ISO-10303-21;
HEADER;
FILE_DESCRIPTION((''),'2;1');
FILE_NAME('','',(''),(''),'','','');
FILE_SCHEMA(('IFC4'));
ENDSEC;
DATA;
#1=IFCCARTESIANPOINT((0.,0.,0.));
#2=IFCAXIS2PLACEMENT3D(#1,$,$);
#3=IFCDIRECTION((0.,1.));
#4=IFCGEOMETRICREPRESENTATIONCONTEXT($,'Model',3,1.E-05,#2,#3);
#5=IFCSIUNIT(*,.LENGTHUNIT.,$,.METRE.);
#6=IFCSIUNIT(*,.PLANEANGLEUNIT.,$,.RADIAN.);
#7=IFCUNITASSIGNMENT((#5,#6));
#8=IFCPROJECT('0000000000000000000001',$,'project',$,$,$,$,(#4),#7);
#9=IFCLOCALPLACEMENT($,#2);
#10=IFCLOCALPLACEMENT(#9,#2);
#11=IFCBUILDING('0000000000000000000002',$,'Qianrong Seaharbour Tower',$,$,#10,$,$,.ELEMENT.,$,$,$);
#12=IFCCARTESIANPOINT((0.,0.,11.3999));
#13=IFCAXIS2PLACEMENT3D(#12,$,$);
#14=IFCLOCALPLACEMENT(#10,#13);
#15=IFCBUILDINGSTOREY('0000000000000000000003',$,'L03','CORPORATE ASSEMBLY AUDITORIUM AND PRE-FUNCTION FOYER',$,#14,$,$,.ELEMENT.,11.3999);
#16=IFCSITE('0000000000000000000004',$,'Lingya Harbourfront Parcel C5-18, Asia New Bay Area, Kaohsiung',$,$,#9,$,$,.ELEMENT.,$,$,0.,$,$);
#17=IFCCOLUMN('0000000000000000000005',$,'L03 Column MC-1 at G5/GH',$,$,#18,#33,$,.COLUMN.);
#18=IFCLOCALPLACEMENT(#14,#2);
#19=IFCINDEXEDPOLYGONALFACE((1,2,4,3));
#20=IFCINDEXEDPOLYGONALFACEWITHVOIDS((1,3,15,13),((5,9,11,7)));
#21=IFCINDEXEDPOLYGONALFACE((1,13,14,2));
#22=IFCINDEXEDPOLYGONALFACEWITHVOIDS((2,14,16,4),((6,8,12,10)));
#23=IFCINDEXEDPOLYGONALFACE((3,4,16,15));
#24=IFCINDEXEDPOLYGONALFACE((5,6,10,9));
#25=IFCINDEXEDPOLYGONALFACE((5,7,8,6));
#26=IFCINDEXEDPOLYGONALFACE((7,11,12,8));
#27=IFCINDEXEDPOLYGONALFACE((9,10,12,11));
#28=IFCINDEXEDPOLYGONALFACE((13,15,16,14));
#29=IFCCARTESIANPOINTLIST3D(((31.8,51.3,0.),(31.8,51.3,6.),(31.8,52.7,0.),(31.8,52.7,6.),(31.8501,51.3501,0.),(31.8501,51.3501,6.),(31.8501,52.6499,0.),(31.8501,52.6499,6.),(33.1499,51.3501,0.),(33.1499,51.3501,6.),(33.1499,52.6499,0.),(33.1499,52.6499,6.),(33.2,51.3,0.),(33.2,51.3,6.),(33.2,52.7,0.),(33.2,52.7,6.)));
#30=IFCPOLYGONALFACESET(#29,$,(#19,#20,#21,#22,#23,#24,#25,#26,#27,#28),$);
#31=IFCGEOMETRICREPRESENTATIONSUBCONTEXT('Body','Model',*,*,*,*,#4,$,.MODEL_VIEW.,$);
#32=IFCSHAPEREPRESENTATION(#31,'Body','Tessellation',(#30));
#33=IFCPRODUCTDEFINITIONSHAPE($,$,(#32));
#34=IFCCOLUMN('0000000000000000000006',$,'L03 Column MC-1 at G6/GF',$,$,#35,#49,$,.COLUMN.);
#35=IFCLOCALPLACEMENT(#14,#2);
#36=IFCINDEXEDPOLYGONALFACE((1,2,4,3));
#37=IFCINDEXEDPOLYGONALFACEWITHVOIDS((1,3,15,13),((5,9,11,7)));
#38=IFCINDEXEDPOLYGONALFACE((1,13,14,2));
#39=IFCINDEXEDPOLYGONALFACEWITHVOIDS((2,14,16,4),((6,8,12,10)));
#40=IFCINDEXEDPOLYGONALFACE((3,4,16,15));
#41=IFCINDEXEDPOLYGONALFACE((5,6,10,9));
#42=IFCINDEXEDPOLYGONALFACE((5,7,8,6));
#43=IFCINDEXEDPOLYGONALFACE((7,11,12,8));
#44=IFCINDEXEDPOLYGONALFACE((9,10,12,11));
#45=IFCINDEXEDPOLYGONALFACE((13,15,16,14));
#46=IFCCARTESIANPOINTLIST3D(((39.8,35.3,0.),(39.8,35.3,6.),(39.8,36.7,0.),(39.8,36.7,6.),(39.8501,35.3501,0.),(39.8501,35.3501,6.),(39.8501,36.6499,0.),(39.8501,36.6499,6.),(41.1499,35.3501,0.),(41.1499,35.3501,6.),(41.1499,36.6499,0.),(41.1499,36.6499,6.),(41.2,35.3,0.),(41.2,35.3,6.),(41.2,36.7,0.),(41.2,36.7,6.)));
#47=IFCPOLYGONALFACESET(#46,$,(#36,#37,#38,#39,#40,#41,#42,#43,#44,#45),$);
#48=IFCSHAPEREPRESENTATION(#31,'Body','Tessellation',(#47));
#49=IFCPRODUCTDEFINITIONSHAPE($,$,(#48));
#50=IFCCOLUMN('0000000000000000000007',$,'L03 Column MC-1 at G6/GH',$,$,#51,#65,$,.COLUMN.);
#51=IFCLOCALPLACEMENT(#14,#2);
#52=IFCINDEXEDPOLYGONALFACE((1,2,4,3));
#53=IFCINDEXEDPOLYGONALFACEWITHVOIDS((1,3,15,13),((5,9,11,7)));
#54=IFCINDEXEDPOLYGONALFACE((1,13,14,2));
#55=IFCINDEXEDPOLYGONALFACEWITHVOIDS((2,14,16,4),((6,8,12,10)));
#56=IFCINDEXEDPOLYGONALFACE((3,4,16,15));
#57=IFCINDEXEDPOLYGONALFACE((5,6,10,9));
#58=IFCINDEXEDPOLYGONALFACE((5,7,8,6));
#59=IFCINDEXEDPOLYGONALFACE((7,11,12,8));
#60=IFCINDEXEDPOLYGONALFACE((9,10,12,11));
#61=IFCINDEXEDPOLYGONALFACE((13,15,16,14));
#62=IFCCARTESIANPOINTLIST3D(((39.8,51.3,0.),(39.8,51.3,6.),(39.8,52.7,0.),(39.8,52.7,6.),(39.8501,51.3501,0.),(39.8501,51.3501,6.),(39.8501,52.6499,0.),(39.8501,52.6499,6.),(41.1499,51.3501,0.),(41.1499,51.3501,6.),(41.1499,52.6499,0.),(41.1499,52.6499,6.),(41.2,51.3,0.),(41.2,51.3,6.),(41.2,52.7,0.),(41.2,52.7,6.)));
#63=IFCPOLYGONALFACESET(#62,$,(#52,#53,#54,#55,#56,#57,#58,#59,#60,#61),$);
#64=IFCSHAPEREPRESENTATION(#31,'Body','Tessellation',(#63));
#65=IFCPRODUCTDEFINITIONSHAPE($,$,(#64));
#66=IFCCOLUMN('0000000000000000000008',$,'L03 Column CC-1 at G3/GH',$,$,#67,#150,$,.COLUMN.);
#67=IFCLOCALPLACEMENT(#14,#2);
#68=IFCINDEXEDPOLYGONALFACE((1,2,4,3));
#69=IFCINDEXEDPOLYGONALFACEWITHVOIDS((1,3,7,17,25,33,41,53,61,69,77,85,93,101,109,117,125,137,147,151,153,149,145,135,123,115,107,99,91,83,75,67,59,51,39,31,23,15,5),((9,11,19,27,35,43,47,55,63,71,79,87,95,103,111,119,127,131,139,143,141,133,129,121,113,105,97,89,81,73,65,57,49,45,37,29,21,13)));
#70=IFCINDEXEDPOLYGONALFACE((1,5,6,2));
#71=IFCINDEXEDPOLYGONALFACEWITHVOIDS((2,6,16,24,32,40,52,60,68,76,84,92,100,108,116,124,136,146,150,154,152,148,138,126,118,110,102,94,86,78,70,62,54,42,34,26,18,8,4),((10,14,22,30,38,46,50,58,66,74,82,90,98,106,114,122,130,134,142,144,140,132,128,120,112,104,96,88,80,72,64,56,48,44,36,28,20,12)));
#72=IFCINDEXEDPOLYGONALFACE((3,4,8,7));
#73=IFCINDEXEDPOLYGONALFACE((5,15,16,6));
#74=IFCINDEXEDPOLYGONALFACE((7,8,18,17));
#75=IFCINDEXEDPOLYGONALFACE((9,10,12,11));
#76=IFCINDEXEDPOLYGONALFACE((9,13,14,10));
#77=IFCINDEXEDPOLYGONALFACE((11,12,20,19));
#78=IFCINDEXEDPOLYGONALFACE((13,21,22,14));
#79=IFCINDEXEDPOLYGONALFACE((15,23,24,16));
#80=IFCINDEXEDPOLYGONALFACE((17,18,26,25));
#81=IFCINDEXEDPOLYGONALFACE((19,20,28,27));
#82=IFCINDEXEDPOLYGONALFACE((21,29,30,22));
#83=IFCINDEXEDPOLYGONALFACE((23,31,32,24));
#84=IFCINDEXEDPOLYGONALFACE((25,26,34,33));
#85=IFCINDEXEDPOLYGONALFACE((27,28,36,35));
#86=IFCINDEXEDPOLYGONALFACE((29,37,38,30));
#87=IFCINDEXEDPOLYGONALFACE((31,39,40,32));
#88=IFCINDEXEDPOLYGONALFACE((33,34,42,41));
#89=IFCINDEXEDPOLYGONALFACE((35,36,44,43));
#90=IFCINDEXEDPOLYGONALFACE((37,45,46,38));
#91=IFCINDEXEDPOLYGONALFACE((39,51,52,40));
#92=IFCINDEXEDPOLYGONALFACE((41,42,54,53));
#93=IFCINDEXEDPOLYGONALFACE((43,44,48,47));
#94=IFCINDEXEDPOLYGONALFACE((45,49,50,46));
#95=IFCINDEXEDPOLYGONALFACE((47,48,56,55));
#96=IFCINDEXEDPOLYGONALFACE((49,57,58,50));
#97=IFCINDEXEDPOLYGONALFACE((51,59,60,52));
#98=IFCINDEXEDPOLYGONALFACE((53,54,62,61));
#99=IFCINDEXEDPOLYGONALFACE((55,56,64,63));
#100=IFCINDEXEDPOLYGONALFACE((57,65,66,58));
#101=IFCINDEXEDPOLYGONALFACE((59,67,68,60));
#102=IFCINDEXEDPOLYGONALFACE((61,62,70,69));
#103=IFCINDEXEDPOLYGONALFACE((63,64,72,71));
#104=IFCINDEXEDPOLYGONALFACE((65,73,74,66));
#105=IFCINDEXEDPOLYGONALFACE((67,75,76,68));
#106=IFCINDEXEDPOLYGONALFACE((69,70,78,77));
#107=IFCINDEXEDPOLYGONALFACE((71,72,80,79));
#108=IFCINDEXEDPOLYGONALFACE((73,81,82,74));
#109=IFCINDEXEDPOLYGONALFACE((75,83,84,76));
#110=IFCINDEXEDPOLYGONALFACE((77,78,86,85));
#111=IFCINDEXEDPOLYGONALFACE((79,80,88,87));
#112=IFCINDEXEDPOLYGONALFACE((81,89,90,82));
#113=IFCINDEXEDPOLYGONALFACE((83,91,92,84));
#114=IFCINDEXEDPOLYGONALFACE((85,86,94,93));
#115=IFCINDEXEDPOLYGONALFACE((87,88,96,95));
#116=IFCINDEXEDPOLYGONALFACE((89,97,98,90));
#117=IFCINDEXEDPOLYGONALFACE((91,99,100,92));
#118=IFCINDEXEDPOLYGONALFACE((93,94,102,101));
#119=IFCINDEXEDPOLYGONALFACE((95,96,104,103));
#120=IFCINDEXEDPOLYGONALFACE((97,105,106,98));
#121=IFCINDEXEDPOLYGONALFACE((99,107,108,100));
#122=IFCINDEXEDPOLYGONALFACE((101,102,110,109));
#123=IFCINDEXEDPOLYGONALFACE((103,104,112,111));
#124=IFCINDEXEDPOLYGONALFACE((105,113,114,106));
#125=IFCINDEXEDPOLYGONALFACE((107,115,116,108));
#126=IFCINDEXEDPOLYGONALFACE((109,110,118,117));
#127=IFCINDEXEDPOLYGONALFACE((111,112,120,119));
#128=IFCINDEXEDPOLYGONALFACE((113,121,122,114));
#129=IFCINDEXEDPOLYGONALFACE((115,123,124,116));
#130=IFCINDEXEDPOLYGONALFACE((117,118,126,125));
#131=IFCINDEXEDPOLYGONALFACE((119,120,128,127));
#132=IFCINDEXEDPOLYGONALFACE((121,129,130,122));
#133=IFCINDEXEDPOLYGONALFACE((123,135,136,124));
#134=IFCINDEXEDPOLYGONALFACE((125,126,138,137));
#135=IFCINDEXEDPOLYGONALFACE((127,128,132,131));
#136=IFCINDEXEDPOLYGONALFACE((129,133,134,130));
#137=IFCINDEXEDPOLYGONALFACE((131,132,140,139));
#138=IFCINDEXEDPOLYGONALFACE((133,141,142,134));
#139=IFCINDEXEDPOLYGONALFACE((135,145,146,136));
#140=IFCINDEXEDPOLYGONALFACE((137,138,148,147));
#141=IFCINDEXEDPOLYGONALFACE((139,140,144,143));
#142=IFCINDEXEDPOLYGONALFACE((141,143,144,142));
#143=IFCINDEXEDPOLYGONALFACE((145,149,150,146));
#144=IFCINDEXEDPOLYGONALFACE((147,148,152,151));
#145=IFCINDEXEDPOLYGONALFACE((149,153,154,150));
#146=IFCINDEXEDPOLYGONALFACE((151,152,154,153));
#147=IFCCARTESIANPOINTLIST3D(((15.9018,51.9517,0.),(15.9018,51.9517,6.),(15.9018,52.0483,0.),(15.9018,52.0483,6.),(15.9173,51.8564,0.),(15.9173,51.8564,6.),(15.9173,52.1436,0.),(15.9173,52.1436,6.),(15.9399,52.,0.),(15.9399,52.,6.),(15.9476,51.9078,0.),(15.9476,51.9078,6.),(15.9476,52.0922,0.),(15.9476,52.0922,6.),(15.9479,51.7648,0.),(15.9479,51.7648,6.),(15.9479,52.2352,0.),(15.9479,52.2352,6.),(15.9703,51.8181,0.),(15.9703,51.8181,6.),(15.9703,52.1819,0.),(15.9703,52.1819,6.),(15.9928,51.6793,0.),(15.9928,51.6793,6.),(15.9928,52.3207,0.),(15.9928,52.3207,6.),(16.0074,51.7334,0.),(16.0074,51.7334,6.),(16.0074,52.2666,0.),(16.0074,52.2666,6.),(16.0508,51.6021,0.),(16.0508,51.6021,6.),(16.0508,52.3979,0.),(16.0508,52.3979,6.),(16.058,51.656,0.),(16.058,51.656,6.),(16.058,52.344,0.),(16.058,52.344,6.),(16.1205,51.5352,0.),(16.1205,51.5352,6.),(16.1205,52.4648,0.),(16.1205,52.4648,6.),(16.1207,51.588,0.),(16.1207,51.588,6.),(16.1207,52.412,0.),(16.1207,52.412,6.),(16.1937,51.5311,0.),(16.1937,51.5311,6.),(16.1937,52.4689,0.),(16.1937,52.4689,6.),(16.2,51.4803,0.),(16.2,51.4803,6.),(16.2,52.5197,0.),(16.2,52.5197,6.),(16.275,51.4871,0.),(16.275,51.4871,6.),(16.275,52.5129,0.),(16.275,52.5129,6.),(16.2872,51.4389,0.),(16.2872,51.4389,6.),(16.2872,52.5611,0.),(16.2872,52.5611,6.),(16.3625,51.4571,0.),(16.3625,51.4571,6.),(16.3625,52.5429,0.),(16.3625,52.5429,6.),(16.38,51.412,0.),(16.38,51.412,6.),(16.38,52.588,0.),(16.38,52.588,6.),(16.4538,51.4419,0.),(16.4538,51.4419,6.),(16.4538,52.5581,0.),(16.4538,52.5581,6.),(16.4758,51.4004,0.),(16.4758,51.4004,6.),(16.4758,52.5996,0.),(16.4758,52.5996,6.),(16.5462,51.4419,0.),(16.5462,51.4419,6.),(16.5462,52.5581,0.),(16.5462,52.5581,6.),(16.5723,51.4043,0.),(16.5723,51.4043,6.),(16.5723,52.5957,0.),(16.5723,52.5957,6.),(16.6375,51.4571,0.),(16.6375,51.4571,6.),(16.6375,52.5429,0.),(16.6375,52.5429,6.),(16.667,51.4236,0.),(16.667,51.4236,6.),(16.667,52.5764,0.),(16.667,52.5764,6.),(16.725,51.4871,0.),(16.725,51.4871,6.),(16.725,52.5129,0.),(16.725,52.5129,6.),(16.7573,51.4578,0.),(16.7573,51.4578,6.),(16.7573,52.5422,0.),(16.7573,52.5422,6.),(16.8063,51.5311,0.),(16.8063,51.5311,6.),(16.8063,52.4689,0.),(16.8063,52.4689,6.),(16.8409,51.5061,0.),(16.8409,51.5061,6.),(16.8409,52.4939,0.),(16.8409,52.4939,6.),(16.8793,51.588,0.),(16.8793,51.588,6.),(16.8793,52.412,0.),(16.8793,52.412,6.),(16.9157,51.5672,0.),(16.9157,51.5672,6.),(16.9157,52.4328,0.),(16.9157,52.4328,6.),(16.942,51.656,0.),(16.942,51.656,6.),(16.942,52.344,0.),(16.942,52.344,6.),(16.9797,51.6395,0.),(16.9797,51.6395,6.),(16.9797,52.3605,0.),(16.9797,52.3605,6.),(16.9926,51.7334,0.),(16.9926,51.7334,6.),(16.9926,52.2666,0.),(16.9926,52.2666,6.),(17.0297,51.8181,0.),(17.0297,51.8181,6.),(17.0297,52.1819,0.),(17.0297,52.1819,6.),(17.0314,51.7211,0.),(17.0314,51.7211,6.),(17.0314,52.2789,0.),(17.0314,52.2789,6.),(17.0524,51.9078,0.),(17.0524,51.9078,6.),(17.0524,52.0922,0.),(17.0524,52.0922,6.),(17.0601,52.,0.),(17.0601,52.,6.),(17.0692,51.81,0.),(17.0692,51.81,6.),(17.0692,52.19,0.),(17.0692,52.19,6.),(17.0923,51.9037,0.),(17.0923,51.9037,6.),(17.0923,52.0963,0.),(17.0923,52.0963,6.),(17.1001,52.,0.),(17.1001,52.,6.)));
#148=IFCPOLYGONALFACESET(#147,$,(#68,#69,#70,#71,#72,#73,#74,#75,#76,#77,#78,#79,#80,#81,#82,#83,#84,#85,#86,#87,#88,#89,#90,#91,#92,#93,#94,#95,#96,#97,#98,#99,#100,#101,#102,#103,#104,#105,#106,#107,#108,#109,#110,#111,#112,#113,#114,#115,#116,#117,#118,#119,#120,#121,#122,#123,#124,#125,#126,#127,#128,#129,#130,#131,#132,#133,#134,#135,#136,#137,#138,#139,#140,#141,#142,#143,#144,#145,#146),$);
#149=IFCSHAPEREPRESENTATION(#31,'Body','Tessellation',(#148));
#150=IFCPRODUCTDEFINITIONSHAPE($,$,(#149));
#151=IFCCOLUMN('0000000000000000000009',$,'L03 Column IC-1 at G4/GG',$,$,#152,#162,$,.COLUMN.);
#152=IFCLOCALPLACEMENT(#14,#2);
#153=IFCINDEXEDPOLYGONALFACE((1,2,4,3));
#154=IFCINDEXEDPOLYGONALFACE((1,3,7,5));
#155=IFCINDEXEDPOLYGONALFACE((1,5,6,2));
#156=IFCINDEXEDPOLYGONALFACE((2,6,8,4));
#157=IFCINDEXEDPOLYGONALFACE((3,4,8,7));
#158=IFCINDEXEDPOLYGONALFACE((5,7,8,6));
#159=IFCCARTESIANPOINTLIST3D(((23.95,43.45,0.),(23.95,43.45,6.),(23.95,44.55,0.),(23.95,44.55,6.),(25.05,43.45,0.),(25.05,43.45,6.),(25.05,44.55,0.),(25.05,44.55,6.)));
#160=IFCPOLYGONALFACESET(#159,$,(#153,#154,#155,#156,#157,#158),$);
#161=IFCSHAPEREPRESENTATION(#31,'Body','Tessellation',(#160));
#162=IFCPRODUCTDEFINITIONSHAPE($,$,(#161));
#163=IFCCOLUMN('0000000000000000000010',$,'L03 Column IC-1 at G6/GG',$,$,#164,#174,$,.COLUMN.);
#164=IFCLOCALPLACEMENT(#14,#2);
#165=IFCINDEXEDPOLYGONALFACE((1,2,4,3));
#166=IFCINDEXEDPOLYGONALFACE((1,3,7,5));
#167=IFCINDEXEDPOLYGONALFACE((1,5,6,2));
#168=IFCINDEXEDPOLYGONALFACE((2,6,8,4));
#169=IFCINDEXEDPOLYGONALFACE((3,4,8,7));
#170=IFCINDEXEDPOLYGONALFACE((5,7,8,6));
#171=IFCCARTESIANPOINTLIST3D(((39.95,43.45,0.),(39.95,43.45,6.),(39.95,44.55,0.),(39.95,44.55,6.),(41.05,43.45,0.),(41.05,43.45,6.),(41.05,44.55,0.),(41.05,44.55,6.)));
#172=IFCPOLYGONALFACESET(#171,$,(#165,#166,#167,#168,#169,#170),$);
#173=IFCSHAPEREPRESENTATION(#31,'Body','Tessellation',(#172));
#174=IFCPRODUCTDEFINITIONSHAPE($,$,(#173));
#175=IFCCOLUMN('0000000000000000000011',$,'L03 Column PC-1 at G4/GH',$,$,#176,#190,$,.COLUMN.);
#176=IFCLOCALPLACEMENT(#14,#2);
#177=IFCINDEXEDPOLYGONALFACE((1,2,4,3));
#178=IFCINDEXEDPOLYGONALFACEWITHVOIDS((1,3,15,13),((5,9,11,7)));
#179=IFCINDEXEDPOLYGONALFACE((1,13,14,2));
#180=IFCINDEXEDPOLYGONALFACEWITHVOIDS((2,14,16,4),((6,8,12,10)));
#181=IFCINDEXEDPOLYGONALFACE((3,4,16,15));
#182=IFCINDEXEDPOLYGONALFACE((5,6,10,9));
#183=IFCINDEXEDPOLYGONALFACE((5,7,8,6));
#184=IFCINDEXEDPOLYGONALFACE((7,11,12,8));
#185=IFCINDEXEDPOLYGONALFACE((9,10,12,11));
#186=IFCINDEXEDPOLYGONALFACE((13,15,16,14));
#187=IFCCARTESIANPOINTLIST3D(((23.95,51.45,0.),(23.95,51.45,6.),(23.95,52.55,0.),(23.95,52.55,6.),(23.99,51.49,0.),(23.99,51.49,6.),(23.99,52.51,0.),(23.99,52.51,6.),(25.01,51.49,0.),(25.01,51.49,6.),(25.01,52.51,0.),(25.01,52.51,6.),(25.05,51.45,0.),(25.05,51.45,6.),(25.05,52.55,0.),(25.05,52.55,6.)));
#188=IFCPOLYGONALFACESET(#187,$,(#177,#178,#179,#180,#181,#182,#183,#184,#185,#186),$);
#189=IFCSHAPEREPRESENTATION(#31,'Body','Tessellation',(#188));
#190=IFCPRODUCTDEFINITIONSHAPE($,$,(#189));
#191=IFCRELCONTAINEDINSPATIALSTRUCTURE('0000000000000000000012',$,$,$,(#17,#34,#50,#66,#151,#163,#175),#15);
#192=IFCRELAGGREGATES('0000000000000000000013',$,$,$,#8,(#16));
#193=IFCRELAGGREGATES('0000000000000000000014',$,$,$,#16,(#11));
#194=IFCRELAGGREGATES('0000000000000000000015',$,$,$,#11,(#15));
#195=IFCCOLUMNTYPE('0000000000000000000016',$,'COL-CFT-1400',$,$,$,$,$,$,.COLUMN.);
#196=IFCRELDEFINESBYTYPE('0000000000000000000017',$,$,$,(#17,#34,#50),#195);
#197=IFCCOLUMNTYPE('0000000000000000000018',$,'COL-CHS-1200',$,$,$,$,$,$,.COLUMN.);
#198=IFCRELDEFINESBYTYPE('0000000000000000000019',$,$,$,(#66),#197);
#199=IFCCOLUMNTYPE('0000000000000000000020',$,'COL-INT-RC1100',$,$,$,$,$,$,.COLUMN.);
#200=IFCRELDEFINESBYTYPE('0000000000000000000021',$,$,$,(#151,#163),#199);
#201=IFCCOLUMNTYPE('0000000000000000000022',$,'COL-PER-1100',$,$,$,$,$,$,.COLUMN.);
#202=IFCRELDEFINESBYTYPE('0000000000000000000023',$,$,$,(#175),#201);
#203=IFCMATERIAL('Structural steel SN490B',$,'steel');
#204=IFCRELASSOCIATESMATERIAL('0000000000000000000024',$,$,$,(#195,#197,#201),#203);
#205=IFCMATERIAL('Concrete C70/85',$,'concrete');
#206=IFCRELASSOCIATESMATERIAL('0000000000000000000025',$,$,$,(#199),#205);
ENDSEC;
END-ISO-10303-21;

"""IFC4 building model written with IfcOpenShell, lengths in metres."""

from ifc_helpers import new_model, si_unit, direction, frame, origin, origin_2d, place, context, subcontext, project, spatial, rectangle, hollow_rectangle, hollow_circle, extrude, material, material_profile, profile_set, type_object, element, save


model = new_model("IFC4")

# Units and contexts
model_context = context("Model", 3, precision=1e-05, world=origin(), true_north=direction((0.0, 1.0)))
body_context = subcontext(model_context, "Body", "Model", "MODEL_VIEW")
ifc_project = project(units=[si_unit("LENGTHUNIT", "METRE"), si_unit("PLANEANGLEUNIT", "RADIAN")], contexts=[model_context])

# Site, building, storey
site_placement = place(None, origin())
site = spatial("IfcSite", under=ifc_project, at=site_placement, Name="Lingya Harbourfront Parcel C5-18, Asia New Bay Area, Kaohsiung", CompositionType="ELEMENT", RefElevation=0.0)
building_placement = place(site_placement, origin())
building = spatial("IfcBuilding", under=site, at=building_placement, Name="Qianrong Seaharbour Tower", CompositionType="ELEMENT")
storey_placement = place(building_placement, frame((0.0, 0.0, 11.3999)))
storey = spatial("IfcBuildingStorey", under=building, at=storey_placement, Name="L03", Description="CORPORATE ASSEMBLY AUDITORIUM AND PRE-FUNCTION FOYER", CompositionType="ELEMENT", Elevation=11.3999)

# Columns
ifc_material_1 = material(Name="Structural steel SN490B", Category="steel")
ifc_material_profile_1 = material_profile(ifc_material_1, hollow_rectangle(XDim=1.3999, YDim=1.3999, WallThickness=0.05, at=origin_2d()), Name="BOX1400x1400x50")
ifc_profile_set_1 = profile_set([ifc_material_profile_1], Name="Structural steel SN490B")
column_type_1 = type_object("IfcColumnType", Name="COL-CFT-1400", PredefinedType="COLUMN", material=ifc_profile_set_1)
for number, where, z_axis, x_axis, name in (
    (1, (32.5, 52.0, 0.0), (0.0, 0.0, 1.0), (1.0, 0.0, 0.0), "L03 Column MC-1 at G5/GH"),
    (2, (40.5, 36.0, 0.0), (0.0, 0.0, 1.0), (1.0, 0.0, 0.0), "L03 Column MC-1 at G6/GF"),
    (3, (40.5, 52.0, 0.0), (0.0, 0.0, 1.0), (1.0, 0.0, 0.0), "L03 Column MC-1 at G6/GH"),
):
    element("IfcColumn", number, at=place(storey_placement, frame(where, z_axis=z_axis, x_axis=x_axis)), inside=storey, type_object=column_type_1, Name=name, PredefinedType="COLUMN", context=body_context, shape_type="SweptSolid", body=[
        extrude(hollow_rectangle(XDim=1.3999, YDim=1.3999, WallThickness=0.05, at=origin_2d()), origin(), (0.0, 0.0, 1.0), 6.0),
    ])
ifc_material_profile_2 = material_profile(ifc_material_1, hollow_circle(Radius=0.6001, WallThickness=0.04, at=origin_2d()), Name="CHS1200x40")
ifc_profile_set_2 = profile_set([ifc_material_profile_2], Name="Structural steel SN490B")
column_type_2 = type_object("IfcColumnType", Name="COL-CHS-1200", PredefinedType="COLUMN", material=ifc_profile_set_2)
column_1_placement = place(storey_placement, frame((16.5, 52.0, 0.0), z_axis=(0.0, 0.0, 1.0), x_axis=(1.0, 0.0, 0.0)))
element("IfcColumn", 4, at=column_1_placement, inside=storey, type_object=column_type_2, Name="L03 Column CC-1 at G3/GH", PredefinedType="COLUMN", context=body_context, shape_type="SweptSolid", body=[
    extrude(hollow_circle(Radius=0.6001, WallThickness=0.04, at=origin_2d()), origin(), (0.0, 0.0, 1.0), 6.0),
])
ifc_material_2 = material(Name="Concrete C70/85", Category="concrete")
ifc_material_profile_3 = material_profile(ifc_material_2, rectangle(XDim=1.1001, YDim=1.1001, at=origin_2d()), Name="RC1100x1100")
ifc_profile_set_3 = profile_set([ifc_material_profile_3], Name="Concrete C70/85")
column_type_3 = type_object("IfcColumnType", Name="COL-INT-RC1100", PredefinedType="COLUMN", material=ifc_profile_set_3)
for number, where, z_axis, x_axis, name in (
    (5, (24.5, 44.0, 0.0), (0.0, 0.0, 1.0), (1.0, 0.0, 0.0), "L03 Column IC-1 at G4/GG"),
    (6, (40.5, 44.0, 0.0), (0.0, 0.0, 1.0), (1.0, 0.0, 0.0), "L03 Column IC-1 at G6/GG"),
):
    element("IfcColumn", number, at=place(storey_placement, frame(where, z_axis=z_axis, x_axis=x_axis)), inside=storey, type_object=column_type_3, Name=name, PredefinedType="COLUMN", context=body_context, shape_type="SweptSolid", body=[
        extrude(rectangle(XDim=1.1001, YDim=1.1001, at=origin_2d()), origin(), (0.0, 0.0, 1.0), 6.0),
    ])
ifc_material_profile_4 = material_profile(ifc_material_1, hollow_rectangle(XDim=1.1001, YDim=1.1001, WallThickness=0.04, at=origin_2d()), Name="BOX1100x1100x40")
ifc_profile_set_4 = profile_set([ifc_material_profile_4], Name="Structural steel SN490B")
column_type_4 = type_object("IfcColumnType", Name="COL-PER-1100", PredefinedType="COLUMN", material=ifc_profile_set_4)
column_2_placement = place(storey_placement, frame((24.5, 52.0, 0.0), z_axis=(0.0, 0.0, 1.0), x_axis=(1.0, 0.0, 0.0)))
element("IfcColumn", 7, at=column_2_placement, inside=storey, type_object=column_type_4, Name="L03 Column PC-1 at G4/GH", PredefinedType="COLUMN", context=body_context, shape_type="SweptSolid", body=[
    extrude(hollow_rectangle(XDim=1.1001, YDim=1.1001, WallThickness=0.04, at=origin_2d()), origin(), (0.0, 0.0, 1.0), 6.0),
])

save(model, "model.ifc")
